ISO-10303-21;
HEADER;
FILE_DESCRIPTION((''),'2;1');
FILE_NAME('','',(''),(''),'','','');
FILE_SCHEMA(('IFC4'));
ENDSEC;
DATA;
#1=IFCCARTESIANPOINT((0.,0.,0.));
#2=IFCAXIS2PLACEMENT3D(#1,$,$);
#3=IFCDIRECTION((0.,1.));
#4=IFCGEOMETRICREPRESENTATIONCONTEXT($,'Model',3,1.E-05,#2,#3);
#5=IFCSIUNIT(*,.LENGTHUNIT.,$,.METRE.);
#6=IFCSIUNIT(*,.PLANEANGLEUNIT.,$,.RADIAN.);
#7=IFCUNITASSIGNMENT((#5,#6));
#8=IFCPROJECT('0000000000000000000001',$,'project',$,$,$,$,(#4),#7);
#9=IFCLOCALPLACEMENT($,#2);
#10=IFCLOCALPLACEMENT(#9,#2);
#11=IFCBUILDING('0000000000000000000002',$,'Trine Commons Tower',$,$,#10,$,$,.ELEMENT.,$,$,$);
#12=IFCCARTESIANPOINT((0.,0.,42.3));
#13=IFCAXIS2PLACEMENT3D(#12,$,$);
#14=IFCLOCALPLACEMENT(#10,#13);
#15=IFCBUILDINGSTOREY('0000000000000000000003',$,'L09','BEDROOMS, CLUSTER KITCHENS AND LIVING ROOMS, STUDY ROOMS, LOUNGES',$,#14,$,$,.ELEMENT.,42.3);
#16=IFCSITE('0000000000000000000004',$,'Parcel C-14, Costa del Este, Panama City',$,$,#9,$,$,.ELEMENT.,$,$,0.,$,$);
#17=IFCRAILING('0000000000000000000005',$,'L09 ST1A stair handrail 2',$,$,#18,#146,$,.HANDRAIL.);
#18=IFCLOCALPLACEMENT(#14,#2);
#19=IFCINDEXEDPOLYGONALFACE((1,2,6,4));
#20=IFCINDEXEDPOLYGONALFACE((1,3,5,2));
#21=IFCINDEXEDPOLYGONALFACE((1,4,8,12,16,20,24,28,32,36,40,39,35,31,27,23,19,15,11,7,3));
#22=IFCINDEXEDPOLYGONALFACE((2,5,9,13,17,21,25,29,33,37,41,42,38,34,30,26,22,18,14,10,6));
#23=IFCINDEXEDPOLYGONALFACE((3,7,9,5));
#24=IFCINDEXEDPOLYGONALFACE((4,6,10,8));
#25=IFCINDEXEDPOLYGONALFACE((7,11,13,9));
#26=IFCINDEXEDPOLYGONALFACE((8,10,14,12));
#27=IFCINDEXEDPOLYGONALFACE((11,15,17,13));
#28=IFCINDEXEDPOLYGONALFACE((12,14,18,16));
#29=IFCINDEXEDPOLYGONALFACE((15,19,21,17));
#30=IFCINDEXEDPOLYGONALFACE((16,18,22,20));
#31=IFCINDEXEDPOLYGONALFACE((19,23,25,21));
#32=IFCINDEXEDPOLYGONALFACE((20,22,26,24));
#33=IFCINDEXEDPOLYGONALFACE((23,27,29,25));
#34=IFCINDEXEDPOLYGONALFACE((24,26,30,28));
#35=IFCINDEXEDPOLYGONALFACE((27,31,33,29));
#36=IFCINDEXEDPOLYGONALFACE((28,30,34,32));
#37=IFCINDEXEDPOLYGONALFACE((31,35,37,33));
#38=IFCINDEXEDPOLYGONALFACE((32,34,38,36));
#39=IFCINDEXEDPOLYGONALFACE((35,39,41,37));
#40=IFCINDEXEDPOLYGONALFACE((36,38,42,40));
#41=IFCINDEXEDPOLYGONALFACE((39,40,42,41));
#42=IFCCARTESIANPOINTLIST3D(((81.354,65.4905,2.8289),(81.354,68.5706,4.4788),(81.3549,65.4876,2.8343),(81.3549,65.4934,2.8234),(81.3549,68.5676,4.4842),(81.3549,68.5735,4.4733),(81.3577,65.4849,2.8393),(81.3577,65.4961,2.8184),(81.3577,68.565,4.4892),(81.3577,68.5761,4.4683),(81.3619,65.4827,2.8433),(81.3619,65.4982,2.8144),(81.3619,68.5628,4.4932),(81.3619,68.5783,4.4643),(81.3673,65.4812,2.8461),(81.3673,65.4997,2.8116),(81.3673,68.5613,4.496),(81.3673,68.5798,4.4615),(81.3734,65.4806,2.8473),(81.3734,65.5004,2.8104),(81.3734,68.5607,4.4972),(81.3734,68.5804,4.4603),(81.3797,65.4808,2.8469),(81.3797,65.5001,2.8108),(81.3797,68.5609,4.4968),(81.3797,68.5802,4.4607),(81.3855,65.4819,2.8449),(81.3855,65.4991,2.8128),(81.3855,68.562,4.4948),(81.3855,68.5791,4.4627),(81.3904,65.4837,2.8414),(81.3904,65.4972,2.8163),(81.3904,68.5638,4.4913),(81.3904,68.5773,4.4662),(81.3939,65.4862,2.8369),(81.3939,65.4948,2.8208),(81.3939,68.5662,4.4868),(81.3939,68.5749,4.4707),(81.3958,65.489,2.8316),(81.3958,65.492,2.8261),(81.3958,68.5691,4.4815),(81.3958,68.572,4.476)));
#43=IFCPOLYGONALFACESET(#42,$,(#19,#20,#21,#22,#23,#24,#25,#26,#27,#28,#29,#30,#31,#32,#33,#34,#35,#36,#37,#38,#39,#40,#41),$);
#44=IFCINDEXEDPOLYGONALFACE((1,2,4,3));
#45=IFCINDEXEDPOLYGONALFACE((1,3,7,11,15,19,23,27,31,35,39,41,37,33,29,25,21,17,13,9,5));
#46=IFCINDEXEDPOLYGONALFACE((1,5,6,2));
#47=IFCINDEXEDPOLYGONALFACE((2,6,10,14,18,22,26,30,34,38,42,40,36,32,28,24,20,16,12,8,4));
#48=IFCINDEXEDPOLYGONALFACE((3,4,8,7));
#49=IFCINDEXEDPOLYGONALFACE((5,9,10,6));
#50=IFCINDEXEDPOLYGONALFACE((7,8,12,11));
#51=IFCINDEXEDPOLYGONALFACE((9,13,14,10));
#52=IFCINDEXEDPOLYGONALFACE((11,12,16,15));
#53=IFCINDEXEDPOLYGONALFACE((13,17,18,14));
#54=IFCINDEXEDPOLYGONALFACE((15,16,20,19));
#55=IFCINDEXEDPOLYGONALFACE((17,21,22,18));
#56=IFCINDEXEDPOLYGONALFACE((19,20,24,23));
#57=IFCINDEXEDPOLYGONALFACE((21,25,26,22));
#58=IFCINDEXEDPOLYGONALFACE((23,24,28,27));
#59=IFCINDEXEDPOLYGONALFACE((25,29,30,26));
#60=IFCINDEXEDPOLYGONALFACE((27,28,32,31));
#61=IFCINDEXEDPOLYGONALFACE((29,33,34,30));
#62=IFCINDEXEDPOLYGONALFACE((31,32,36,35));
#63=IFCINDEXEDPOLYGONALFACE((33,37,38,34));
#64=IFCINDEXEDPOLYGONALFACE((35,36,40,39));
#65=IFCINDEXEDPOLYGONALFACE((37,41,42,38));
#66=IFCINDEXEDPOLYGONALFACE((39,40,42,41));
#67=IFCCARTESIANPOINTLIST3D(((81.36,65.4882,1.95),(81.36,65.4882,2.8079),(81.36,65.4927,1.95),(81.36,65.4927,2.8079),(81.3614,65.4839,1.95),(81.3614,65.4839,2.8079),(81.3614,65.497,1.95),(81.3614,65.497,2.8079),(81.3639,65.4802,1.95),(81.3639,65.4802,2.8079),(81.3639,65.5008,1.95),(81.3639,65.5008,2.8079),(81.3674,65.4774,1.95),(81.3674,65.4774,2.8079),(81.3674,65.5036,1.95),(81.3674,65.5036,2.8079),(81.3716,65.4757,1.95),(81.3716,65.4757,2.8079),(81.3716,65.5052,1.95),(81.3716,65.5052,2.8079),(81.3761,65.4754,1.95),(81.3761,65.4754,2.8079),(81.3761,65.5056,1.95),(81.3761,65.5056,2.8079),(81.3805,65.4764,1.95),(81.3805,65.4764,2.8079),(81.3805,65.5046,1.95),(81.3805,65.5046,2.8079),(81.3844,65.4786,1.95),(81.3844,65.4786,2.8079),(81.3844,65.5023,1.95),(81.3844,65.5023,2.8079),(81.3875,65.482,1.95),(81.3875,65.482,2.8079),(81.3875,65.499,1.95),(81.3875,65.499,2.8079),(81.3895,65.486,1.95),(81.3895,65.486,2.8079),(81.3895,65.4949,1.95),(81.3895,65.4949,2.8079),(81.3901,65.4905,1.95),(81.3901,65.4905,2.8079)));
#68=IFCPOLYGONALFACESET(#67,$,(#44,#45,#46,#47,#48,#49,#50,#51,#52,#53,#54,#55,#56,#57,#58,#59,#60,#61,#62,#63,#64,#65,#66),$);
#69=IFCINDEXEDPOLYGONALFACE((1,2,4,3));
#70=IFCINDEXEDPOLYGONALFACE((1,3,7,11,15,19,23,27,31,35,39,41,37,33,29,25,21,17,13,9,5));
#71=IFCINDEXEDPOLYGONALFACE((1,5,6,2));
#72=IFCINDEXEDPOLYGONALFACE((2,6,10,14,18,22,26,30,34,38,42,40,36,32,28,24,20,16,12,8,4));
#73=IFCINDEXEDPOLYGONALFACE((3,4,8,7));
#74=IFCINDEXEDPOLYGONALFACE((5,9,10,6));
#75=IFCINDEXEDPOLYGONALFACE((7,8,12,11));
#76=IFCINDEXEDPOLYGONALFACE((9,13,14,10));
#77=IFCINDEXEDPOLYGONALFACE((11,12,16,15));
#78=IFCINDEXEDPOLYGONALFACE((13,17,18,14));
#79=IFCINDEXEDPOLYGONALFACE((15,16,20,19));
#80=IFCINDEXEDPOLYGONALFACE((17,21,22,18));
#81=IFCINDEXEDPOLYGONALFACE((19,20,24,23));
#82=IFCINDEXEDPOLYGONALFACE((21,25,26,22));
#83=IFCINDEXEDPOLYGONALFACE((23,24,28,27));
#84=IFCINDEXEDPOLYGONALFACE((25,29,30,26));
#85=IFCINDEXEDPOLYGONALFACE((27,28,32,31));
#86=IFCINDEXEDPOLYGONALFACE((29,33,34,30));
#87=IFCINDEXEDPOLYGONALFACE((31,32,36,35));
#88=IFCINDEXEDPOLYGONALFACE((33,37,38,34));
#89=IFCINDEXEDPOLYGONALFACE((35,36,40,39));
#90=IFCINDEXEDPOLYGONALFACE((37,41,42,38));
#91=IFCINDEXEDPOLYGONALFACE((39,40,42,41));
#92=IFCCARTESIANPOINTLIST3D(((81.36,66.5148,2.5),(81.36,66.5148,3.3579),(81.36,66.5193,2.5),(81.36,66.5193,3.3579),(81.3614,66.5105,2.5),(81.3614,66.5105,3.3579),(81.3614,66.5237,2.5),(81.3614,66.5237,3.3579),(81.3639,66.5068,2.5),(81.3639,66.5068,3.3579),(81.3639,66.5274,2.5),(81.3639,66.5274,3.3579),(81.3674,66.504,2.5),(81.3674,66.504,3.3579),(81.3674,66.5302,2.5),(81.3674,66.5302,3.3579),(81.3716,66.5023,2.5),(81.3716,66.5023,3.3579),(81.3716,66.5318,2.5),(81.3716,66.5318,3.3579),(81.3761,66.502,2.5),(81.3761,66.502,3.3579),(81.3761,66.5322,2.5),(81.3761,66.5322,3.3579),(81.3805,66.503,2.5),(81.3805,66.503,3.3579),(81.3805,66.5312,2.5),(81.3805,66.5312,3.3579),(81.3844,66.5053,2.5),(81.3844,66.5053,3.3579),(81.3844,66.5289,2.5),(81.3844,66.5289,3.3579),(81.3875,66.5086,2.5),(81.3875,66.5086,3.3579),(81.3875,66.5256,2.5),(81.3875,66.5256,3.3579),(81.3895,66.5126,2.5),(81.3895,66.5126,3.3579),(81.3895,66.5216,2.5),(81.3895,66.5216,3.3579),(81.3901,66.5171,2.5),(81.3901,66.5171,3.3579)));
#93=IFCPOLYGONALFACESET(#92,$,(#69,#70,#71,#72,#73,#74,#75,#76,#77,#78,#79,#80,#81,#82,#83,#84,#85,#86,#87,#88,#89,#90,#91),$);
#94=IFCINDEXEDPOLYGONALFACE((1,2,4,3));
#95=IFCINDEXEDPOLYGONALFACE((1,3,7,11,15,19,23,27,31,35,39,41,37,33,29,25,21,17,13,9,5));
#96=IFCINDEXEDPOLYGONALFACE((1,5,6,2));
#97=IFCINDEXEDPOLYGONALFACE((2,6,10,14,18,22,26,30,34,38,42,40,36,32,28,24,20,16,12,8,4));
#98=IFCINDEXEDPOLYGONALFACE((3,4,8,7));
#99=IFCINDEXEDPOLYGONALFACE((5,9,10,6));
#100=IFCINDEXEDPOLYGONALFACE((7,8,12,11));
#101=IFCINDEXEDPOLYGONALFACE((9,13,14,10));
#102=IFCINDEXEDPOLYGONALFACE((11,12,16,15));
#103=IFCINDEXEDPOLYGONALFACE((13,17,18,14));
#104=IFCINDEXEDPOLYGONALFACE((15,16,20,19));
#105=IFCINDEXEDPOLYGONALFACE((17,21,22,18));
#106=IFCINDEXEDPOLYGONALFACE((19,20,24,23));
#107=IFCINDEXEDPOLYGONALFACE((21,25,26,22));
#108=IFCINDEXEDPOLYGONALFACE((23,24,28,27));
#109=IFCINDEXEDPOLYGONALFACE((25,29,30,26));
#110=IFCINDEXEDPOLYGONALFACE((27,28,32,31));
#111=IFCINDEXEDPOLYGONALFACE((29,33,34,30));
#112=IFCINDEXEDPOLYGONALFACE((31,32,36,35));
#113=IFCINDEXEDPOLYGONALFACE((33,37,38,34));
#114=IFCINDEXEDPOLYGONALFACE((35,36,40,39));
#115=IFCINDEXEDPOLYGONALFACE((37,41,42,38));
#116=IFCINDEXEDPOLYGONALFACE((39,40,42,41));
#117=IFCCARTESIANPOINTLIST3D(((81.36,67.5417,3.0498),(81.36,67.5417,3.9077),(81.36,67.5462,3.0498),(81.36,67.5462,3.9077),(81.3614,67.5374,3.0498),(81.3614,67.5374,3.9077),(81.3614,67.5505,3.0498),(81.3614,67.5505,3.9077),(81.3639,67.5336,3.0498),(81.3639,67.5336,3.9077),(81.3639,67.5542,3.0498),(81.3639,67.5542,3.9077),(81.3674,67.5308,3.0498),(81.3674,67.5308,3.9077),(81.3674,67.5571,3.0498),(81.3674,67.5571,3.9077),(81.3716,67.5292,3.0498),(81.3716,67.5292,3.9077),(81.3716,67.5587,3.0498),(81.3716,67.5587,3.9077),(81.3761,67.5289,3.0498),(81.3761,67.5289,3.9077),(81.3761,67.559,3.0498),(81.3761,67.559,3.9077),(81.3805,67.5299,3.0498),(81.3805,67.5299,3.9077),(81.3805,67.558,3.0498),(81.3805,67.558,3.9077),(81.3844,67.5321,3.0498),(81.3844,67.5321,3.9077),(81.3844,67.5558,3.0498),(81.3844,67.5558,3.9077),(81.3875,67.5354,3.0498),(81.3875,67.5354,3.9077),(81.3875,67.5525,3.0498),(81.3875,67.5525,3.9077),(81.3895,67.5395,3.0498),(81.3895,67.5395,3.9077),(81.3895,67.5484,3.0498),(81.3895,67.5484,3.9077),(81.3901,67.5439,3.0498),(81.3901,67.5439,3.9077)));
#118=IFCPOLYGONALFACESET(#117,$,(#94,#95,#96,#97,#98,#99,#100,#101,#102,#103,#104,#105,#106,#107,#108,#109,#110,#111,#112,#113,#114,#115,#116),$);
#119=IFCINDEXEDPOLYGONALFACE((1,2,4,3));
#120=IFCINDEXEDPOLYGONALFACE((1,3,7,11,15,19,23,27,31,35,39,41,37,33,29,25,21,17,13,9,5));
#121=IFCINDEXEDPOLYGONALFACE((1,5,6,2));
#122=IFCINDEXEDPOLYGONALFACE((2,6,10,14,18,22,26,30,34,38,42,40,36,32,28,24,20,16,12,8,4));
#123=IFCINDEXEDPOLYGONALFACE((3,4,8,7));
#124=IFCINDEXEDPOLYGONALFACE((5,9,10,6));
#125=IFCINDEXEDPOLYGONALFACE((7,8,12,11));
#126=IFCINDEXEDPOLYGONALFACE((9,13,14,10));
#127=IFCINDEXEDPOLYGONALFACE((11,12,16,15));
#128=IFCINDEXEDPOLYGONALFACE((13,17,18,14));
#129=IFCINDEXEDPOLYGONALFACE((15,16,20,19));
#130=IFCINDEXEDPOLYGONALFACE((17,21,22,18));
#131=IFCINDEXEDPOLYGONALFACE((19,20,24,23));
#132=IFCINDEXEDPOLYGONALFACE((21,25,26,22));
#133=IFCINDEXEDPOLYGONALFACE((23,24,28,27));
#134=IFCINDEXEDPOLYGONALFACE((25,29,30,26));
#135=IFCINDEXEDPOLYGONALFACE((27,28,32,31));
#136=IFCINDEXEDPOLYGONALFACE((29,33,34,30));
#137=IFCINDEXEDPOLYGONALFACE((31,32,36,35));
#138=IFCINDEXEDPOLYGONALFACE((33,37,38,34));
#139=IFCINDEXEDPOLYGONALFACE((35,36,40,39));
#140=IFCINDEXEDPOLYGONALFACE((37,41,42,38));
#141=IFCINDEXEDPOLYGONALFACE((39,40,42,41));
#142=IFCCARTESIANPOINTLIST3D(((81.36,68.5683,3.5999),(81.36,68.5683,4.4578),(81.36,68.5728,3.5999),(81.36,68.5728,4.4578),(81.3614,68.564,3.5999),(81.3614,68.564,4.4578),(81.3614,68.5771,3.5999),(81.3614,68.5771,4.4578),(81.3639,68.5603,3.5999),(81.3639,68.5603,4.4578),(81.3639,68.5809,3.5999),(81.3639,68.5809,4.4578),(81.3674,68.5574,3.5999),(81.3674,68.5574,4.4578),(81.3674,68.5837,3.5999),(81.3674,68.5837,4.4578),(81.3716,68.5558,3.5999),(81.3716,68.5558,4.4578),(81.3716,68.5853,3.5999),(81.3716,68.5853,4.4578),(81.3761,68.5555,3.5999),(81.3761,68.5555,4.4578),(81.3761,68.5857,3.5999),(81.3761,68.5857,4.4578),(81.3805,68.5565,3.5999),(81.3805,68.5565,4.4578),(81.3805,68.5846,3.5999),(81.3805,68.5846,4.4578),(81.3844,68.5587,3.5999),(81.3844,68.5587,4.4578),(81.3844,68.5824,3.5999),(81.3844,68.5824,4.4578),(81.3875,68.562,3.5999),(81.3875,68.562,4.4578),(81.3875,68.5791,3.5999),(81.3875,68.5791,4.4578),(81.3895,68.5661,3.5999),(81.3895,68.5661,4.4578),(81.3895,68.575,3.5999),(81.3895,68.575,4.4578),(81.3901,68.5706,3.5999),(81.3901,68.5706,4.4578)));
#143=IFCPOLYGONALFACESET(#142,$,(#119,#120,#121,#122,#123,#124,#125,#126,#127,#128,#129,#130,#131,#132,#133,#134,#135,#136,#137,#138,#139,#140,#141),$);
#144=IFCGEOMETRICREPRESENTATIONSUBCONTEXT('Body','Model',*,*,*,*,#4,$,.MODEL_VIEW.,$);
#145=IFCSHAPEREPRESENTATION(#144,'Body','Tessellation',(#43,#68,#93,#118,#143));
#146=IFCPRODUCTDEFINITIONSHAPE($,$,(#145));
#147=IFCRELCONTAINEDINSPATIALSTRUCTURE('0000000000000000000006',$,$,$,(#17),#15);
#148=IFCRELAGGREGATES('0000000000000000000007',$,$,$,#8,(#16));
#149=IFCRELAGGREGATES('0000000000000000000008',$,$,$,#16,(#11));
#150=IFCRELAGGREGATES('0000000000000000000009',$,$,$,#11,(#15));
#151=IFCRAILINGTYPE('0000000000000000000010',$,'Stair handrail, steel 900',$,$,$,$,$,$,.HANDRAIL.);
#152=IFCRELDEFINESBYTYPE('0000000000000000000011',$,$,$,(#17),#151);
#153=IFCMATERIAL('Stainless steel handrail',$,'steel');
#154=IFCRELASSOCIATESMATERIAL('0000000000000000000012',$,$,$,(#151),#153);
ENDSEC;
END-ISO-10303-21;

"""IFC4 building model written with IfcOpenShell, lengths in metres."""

from ifc_helpers import new_model, si_unit, direction, frame, origin, origin_2d, place, context, subcontext, project, spatial, circle, extrude, material, type_object, element, save


model = new_model("IFC4")

# Units and contexts
model_context = context("Model", 3, precision=1e-05, world=origin(), true_north=direction((0.0, 1.0)))
body_context = subcontext(model_context, "Body", "Model", "MODEL_VIEW")
ifc_project = project(units=[si_unit("LENGTHUNIT", "METRE"), si_unit("PLANEANGLEUNIT", "RADIAN")], contexts=[model_context])

# Site, building, storey
site_placement = place(None, origin())
site = spatial("IfcSite", under=ifc_project, at=site_placement, Name="Parcel C-14, Costa del Este, Panama City", CompositionType="ELEMENT", RefElevation=0.0)
building_placement = place(site_placement, origin())
building = spatial("IfcBuilding", under=site, at=building_placement, Name="Trine Commons Tower", CompositionType="ELEMENT")
storey_placement = place(building_placement, frame((0.0, 0.0, 42.3)))
storey = spatial("IfcBuildingStorey", under=building, at=storey_placement, Name="L09", Description="BEDROOMS, CLUSTER KITCHENS AND LIVING ROOMS, STUDY ROOMS, LOUNGES", CompositionType="ELEMENT", Elevation=42.3)

# Railing
ifc_material_1 = material(Name="Stainless steel handrail", Category="steel")
railing_type_1 = type_object("IfcRailingType", Name="Stair handrail, steel 900", PredefinedType="HANDRAIL", material=ifc_material_1)
railing_1_placement = place(storey_placement, frame((81.375, 65.4905, 1.95)))
element("IfcRailing", 1, at=railing_1_placement, inside=storey, type_object=railing_type_1, Name="L09 ST1A stair handrail 2", PredefinedType="HANDRAIL", context=body_context, shape_type="SweptSolid", body=[
    extrude(circle(Radius=0.021, at=origin_2d()), frame((0.0, 0.0, 0.8789), z_axis=(0.0, 0.881497, 0.47219), x_axis=(-1.0, 0.0, 0.0)), (0.0, 0.0, 1.0), 3.4941),
    extrude(circle(Radius=0.0151, at=origin_2d()), origin(), (0.0, 0.0, 1.0), 0.8579),
    extrude(circle(Radius=0.0151, at=origin_2d()), frame((0.0, 1.0266, 0.55)), (0.0, 0.0, 1.0), 0.8579),
    extrude(circle(Radius=0.0151, at=origin_2d()), frame((0.0, 2.0535, 1.0999)), (0.0, 0.0, 1.0), 0.8579),
    extrude(circle(Radius=0.0151, at=origin_2d()), frame((0.0, 3.0801, 1.6499)), (0.0, 0.0, 1.0), 0.8579),
])

save(model, "model.ifc")
